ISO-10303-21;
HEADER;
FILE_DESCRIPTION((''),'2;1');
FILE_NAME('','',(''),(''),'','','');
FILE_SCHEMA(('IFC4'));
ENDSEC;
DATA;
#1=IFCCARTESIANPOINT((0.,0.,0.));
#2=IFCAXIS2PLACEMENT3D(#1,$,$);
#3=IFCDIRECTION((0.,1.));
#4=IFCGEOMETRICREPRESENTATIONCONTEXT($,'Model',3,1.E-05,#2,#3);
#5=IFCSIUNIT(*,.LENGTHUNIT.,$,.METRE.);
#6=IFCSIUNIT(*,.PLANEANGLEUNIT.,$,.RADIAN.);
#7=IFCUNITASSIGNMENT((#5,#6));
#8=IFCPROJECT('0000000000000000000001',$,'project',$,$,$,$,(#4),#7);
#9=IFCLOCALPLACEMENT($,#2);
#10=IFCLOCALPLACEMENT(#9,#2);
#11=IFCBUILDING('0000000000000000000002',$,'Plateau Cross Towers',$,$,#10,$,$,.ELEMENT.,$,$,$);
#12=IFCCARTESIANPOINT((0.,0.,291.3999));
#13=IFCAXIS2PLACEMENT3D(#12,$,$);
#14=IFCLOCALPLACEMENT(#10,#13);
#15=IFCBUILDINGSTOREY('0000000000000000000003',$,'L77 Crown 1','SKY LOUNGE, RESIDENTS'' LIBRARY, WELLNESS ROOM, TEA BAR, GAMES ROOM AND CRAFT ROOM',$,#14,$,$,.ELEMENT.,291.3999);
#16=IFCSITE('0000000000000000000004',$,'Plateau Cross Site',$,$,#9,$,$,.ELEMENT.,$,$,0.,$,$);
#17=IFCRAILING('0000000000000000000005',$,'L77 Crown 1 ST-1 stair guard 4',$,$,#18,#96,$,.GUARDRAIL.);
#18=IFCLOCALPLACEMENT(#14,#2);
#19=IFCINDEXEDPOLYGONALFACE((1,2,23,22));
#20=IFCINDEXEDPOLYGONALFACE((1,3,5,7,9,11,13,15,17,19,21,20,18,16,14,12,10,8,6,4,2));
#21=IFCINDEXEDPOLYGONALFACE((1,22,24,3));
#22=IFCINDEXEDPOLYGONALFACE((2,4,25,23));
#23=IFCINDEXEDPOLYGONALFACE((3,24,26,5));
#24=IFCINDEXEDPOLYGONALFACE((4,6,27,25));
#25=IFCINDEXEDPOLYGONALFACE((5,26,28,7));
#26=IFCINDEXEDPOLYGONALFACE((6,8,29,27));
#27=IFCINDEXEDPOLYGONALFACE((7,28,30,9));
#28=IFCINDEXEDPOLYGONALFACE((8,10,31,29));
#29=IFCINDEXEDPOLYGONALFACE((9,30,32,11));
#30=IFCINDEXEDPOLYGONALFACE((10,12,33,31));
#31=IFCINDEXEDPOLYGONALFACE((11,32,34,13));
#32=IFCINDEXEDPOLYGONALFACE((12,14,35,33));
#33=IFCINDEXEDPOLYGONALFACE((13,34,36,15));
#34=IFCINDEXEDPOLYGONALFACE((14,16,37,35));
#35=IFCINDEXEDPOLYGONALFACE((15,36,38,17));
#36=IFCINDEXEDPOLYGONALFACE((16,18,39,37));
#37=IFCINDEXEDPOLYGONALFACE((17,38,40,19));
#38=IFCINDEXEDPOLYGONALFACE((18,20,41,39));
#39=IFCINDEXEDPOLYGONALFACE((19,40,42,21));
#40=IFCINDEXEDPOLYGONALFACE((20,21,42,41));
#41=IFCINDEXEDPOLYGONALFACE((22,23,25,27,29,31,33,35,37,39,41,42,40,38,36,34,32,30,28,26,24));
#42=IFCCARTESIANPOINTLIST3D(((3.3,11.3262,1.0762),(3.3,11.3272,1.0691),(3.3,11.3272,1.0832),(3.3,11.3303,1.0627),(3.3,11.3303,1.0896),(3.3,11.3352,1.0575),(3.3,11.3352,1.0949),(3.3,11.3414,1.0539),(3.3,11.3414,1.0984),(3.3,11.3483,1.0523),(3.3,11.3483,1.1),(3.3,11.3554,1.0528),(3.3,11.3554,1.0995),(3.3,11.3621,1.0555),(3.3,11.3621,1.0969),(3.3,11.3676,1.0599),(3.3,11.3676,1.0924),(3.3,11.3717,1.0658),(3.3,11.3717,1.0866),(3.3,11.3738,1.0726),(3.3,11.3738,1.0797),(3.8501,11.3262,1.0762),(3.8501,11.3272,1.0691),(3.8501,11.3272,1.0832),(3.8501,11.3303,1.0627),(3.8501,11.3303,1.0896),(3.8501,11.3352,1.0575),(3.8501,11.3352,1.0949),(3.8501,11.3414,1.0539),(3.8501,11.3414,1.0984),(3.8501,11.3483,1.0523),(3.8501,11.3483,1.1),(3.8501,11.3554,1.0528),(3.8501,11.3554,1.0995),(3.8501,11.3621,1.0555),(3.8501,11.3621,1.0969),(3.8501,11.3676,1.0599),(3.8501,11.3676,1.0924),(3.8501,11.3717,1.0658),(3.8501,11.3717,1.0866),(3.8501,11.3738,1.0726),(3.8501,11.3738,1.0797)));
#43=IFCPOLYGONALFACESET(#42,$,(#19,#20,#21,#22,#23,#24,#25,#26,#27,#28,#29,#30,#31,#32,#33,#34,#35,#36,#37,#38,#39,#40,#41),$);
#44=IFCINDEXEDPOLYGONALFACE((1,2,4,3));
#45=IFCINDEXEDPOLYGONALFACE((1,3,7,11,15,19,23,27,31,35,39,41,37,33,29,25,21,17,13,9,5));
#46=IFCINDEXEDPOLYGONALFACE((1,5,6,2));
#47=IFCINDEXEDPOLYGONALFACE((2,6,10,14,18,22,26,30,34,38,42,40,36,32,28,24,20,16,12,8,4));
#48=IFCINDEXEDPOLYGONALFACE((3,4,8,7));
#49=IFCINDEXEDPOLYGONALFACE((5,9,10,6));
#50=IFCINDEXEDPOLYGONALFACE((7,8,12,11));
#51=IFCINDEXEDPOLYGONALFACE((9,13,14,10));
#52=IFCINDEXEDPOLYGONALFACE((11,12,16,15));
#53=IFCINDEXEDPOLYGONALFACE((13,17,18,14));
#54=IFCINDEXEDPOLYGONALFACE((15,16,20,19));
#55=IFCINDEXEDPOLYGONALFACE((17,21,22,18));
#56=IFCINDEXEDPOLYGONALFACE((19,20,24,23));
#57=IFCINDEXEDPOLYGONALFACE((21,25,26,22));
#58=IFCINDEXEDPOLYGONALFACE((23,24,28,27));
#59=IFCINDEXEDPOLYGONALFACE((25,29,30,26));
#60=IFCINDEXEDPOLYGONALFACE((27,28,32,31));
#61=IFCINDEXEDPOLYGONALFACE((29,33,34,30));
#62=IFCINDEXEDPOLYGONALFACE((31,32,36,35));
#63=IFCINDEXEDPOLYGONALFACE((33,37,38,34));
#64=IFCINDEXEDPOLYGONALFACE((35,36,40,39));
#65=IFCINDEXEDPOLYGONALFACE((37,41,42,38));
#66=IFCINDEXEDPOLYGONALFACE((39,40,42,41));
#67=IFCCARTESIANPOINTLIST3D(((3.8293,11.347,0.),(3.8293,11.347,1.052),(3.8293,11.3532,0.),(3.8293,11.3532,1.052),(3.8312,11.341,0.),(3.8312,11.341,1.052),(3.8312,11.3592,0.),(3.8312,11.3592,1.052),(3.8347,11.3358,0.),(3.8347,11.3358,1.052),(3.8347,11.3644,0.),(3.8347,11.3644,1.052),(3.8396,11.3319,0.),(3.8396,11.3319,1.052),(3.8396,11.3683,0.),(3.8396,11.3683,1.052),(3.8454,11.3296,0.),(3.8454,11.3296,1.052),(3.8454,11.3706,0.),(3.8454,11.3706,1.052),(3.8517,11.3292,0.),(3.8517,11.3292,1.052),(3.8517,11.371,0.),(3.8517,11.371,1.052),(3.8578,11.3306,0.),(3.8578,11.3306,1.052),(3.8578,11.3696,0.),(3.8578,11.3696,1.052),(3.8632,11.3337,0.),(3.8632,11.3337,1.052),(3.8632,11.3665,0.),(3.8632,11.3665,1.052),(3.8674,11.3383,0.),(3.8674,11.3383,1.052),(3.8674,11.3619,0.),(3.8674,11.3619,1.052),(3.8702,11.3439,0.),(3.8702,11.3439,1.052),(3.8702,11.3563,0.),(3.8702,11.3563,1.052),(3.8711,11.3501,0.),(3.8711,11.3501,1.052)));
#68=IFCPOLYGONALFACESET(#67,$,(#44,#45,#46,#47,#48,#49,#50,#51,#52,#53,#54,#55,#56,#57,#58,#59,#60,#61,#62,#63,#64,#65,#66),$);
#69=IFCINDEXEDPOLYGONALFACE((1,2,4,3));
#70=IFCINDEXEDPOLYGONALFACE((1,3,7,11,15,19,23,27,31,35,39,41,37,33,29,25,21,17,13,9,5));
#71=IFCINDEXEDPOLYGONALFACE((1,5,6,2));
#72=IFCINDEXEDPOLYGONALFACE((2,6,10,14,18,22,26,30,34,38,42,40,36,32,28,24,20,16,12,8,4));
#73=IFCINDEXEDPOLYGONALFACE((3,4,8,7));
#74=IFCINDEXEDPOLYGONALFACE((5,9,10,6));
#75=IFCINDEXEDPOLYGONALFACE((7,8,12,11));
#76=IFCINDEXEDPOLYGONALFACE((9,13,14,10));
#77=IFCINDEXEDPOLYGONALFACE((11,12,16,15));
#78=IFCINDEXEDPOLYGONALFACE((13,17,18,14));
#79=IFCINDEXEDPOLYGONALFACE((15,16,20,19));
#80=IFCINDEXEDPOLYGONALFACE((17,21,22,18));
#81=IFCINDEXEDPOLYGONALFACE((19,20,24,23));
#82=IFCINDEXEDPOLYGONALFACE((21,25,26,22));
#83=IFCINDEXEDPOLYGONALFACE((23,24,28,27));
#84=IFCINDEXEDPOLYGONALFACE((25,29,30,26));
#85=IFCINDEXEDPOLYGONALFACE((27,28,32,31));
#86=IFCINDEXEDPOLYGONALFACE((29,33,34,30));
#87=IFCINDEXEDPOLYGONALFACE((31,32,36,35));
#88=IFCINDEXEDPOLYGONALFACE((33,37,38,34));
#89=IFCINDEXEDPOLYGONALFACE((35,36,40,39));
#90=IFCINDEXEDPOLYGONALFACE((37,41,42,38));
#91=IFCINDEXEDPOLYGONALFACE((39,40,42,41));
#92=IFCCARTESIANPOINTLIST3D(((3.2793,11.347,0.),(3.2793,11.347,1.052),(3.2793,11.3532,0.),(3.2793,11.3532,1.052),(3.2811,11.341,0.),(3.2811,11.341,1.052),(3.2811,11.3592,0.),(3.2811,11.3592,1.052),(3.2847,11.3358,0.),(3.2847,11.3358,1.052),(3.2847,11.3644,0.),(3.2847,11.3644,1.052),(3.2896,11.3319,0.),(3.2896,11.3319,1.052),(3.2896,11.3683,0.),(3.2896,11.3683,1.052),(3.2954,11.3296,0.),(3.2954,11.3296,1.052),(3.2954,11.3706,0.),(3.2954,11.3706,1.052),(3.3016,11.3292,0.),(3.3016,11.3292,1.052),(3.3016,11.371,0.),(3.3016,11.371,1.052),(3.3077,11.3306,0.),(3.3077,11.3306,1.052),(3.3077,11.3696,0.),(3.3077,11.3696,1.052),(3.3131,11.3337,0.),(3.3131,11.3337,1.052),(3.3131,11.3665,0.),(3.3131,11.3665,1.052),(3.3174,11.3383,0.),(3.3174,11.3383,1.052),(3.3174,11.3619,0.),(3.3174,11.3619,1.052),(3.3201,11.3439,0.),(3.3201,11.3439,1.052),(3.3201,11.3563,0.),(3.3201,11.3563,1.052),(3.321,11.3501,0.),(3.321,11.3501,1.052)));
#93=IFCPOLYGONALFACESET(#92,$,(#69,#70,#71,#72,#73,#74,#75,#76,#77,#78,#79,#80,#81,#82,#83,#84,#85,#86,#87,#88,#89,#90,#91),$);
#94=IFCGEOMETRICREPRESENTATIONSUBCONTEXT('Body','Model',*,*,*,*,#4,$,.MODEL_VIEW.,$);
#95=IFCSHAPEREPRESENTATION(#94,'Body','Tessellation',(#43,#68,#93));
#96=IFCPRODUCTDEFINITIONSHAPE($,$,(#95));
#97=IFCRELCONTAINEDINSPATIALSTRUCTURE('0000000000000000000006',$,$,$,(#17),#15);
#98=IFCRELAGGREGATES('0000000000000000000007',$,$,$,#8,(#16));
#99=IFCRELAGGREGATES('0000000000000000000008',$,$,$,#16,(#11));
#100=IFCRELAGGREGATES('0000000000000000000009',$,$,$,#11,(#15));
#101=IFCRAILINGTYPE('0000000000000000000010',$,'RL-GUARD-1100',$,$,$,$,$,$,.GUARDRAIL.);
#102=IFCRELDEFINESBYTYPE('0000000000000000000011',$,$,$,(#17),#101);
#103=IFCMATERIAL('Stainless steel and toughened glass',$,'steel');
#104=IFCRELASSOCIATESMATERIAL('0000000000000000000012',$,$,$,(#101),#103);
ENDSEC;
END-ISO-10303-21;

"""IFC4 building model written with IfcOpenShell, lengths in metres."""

from ifc_helpers import new_model, si_unit, direction, frame, origin, origin_2d, place, context, subcontext, project, spatial, circle, extrude, material, type_object, element, save


model = new_model("IFC4")

# Units and contexts
model_context = context("Model", 3, precision=1e-05, world=origin(), true_north=direction((0.0, 1.0)))
body_context = subcontext(model_context, "Body", "Model", "MODEL_VIEW")
ifc_project = project(units=[si_unit("LENGTHUNIT", "METRE"), si_unit("PLANEANGLEUNIT", "RADIAN")], contexts=[model_context])

# Site, building, storey
site_placement = place(None, origin())
site = spatial("IfcSite", under=ifc_project, at=site_placement, Name="Plateau Cross Site", CompositionType="ELEMENT", RefElevation=0.0)
building_placement = place(site_placement, origin())
building = spatial("IfcBuilding", under=site, at=building_placement, Name="Plateau Cross Towers", CompositionType="ELEMENT")
storey_placement = place(building_placement, frame((0.0, 0.0, 291.3999)))
storey = spatial("IfcBuildingStorey", under=building, at=storey_placement, Name="L77 Crown 1", Description="SKY LOUNGE, RESIDENTS' LIBRARY, WELLNESS ROOM, TEA BAR, GAMES ROOM AND CRAFT ROOM", CompositionType="ELEMENT", Elevation=291.3999)

# Railing
ifc_material_1 = material(Name="Stainless steel and toughened glass", Category="steel")
railing_type_1 = type_object("IfcRailingType", Name="RL-GUARD-1100", PredefinedType="GUARDRAIL", material=ifc_material_1)
railing_1_placement = place(storey_placement, frame((3.8501, 11.3501, 0.0)))
element("IfcRailing", 1, at=railing_1_placement, inside=storey, type_object=railing_type_1, Name="L77 Crown 1 ST-1 stair guard 4", PredefinedType="GUARDRAIL", context=body_context, shape_type="SweptSolid", body=[
    extrude(circle(Radius=0.0239, at=origin_2d()), frame((0.0, 0.0, 1.0762), z_axis=(-1.0, 0.0, 0.0), x_axis=(0.0, -1.0, 0.0)), (0.0, 0.0, 1.0), 0.55),
    extrude(circle(Radius=0.021, at=origin_2d()), origin(), (0.0, 0.0, 1.0), 1.052),
    extrude(circle(Radius=0.021, at=origin_2d()), frame((-0.55, 0.0, 0.0)), (0.0, 0.0, 1.0), 1.052),
])

save(model, "model.ifc")
